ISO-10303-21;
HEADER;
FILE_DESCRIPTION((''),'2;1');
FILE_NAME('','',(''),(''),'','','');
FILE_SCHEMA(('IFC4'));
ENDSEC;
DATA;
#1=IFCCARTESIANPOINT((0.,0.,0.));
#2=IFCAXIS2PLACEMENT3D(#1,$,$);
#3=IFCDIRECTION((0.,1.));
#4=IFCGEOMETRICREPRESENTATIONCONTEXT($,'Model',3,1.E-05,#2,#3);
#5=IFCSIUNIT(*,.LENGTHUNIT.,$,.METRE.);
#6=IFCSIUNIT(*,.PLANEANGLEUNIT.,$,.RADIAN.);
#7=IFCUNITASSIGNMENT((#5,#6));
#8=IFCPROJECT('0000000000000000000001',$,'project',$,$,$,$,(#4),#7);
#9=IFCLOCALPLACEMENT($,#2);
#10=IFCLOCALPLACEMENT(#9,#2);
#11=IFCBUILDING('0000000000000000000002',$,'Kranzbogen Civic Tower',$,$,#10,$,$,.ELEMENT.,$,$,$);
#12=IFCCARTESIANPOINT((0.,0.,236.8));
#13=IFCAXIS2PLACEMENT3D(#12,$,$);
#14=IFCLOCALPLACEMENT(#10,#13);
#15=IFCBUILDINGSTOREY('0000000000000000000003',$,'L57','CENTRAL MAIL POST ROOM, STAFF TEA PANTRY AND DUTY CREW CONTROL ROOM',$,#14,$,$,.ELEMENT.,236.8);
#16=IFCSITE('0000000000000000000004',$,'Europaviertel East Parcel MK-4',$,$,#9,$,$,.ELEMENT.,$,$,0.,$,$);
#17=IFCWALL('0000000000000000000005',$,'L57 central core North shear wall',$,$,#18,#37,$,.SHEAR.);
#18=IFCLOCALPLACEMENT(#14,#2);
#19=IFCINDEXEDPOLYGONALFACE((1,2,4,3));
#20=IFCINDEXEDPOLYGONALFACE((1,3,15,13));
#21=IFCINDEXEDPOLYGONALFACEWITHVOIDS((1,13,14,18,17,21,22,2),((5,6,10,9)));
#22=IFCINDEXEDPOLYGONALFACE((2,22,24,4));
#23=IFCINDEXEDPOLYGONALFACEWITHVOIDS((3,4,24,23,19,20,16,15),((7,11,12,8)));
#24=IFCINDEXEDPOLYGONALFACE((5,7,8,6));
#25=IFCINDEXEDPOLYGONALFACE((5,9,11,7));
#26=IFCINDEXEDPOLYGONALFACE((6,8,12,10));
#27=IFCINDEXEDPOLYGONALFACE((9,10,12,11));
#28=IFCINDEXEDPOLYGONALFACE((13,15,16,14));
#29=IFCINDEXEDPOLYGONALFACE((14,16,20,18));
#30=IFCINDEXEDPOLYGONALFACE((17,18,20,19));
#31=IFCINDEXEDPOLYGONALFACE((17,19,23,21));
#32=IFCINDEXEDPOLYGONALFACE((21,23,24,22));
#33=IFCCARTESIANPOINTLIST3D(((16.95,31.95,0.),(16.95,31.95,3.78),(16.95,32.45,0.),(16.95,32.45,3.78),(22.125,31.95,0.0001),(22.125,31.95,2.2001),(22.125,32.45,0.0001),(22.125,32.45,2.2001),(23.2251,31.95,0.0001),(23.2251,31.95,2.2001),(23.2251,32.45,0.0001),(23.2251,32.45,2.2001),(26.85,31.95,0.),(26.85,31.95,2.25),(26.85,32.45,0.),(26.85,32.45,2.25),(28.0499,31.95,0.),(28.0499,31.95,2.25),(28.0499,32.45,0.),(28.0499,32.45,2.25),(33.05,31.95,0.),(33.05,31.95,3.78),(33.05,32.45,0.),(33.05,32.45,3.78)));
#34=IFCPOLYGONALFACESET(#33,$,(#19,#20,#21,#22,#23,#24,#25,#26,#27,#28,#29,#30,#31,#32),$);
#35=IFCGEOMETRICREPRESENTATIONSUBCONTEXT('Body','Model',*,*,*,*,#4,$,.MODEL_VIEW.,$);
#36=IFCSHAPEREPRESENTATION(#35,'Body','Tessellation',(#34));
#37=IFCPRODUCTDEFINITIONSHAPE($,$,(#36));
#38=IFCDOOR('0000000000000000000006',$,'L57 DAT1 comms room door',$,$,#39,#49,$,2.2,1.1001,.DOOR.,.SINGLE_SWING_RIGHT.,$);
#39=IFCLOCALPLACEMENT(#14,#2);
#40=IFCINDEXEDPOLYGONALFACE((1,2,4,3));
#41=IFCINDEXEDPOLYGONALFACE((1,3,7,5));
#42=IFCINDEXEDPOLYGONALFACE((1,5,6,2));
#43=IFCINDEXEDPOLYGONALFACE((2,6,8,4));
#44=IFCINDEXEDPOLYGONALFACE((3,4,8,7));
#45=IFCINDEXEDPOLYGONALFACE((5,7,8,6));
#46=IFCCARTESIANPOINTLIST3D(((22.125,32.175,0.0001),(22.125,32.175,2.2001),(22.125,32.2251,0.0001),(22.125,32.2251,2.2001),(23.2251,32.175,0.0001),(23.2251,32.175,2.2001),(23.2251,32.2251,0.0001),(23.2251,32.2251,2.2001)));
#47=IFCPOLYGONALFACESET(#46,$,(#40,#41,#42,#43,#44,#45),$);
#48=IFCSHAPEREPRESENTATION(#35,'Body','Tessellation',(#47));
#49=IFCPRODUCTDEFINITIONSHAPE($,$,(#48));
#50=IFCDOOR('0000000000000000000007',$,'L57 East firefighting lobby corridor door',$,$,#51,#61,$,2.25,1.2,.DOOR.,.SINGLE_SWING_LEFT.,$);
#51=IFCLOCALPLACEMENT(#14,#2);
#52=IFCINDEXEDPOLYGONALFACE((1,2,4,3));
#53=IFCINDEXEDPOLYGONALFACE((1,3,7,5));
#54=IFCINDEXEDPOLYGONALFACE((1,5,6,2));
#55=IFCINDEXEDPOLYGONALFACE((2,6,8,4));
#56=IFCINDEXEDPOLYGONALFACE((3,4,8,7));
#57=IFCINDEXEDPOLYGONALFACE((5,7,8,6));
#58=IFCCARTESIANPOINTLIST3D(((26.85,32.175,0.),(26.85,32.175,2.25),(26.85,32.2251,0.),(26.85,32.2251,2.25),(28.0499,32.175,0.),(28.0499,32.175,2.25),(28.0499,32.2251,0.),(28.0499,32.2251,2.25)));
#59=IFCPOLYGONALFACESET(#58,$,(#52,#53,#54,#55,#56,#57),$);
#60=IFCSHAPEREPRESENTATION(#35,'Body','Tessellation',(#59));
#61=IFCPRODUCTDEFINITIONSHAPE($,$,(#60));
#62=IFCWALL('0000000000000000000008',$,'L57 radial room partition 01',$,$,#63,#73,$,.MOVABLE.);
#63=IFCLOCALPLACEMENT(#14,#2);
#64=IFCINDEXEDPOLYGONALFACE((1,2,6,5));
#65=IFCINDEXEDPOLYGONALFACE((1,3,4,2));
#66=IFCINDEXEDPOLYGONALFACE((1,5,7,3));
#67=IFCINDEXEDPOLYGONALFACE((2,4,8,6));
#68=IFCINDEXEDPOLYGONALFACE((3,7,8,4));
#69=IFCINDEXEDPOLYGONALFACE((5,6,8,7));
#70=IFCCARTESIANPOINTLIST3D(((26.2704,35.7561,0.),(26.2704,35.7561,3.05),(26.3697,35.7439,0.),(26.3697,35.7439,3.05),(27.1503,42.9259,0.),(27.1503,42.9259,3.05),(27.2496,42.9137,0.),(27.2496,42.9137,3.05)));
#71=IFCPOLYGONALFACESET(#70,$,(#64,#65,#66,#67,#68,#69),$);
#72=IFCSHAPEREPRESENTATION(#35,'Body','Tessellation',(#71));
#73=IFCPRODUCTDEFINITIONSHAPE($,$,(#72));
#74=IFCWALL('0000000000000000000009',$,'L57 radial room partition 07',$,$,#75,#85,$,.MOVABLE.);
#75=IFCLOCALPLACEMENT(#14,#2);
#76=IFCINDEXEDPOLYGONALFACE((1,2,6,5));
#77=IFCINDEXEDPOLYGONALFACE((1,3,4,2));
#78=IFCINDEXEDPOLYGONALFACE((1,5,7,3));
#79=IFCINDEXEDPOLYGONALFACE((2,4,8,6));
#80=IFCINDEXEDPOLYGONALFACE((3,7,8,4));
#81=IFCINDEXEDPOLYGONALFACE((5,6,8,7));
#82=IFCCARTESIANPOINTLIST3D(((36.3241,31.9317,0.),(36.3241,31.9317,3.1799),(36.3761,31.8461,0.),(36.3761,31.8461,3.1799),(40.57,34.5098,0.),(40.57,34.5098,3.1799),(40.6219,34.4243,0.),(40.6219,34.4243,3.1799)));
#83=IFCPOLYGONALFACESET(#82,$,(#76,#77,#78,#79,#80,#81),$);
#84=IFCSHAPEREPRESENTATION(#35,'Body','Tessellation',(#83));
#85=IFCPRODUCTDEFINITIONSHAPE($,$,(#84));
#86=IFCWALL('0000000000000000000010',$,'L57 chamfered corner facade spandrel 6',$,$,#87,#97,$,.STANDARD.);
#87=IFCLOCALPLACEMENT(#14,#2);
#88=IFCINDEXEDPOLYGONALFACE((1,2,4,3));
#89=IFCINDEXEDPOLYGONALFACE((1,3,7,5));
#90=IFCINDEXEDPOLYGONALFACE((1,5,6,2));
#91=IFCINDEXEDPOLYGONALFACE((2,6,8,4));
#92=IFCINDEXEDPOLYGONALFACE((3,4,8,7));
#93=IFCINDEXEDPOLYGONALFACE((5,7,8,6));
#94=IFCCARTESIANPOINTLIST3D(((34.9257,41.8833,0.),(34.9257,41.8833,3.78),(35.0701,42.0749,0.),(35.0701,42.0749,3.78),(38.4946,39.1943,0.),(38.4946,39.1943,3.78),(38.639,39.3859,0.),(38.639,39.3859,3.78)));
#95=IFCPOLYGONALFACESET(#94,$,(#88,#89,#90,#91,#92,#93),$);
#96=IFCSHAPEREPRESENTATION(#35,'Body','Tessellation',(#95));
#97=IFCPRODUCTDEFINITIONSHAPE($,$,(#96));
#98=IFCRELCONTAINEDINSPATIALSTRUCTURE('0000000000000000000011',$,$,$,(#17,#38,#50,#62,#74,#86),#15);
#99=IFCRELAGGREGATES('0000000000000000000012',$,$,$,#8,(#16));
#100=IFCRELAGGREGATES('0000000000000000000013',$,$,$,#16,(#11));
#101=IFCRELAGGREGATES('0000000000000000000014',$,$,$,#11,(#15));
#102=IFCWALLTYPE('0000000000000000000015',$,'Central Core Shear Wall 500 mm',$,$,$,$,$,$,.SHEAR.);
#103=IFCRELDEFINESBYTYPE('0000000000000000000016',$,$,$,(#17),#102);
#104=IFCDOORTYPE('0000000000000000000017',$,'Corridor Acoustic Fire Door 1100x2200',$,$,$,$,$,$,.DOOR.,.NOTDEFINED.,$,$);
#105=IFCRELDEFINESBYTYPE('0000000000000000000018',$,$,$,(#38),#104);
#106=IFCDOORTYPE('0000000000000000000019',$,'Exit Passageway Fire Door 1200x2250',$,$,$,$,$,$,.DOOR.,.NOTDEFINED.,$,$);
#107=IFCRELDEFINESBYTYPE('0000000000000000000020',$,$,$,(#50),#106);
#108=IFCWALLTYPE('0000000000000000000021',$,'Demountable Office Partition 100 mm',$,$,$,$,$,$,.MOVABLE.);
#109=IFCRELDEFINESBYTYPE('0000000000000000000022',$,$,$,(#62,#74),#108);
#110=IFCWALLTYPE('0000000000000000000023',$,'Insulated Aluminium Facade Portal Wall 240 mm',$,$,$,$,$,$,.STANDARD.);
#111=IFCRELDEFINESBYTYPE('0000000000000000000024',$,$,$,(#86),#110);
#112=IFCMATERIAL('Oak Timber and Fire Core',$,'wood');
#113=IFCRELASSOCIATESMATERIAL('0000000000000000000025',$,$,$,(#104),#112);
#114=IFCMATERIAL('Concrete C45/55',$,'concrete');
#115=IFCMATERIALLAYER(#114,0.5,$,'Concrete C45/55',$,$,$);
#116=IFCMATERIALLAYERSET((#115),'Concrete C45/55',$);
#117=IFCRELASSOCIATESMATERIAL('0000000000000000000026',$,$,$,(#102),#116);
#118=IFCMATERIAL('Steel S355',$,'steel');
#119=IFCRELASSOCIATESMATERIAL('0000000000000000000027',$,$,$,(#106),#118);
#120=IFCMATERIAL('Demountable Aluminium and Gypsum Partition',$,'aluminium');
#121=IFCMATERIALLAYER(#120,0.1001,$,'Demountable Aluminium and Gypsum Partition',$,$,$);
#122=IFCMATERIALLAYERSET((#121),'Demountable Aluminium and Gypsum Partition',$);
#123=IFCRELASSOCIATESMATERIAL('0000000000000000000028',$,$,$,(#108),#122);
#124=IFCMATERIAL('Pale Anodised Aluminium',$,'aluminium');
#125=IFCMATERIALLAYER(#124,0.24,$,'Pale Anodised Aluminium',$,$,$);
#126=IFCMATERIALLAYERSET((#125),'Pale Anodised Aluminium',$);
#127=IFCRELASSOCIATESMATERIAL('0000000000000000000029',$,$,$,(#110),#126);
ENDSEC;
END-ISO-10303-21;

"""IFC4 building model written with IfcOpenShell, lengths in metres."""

from ifc_helpers import new_model, si_unit, direction, frame, frame_2d, origin, place, context, subcontext, project, spatial, rectangle, extrude, material, layer, layer_set, type_object, element, fill, save


model = new_model("IFC4")

# Units and contexts
model_context = context("Model", 3, precision=1e-05, world=origin(), true_north=direction((0.0, 1.0)))
body_context = subcontext(model_context, "Body", "Model", "MODEL_VIEW")
ifc_project = project(units=[si_unit("LENGTHUNIT", "METRE"), si_unit("PLANEANGLEUNIT", "RADIAN")], contexts=[model_context])

# Site, building, storey
site_placement = place(None, origin())
site = spatial("IfcSite", under=ifc_project, at=site_placement, Name="Europaviertel East Parcel MK-4", CompositionType="ELEMENT", RefElevation=0.0)
building_placement = place(site_placement, origin())
building = spatial("IfcBuilding", under=site, at=building_placement, Name="Kranzbogen Civic Tower", CompositionType="ELEMENT")
storey_placement = place(building_placement, frame((0.0, 0.0, 236.8)))
storey = spatial("IfcBuildingStorey", under=building, at=storey_placement, Name="L57", Description="CENTRAL MAIL POST ROOM, STAFF TEA PANTRY AND DUTY CREW CONTROL ROOM", CompositionType="ELEMENT", Elevation=236.8)

# Shared definitions
ifc_material_1 = material(Name="Steel S355", Category="steel")

# Shared definitions
ifc_material_2 = material(Name="Pale Anodised Aluminium", Category="aluminium")

# Wall, openings, doors
ifc_material_3 = material(Name="Oak Timber and Fire Core", Category="wood")
door_type_1 = type_object("IfcDoorType", Name="Corridor Acoustic Fire Door 1100x2200", OperationType="NOTDEFINED", PredefinedType="DOOR", material=ifc_material_3)
ifc_material_4 = material(Name="Concrete C45/55", Category="concrete")
ifc_layer_1 = layer(ifc_material_4, 0.5, Name="Concrete C45/55")
ifc_layer_set_1 = layer_set([ifc_layer_1], Name="Concrete C45/55")
wall_type_1 = type_object("IfcWallType", Name="Central Core Shear Wall 500 mm", PredefinedType="SHEAR", material=ifc_layer_set_1)
wall_1_placement = place(storey_placement, frame((33.05, 32.2, 0.0), z_axis=(0.0, 0.0, 1.0), x_axis=(-1.0, 0.0, 0.0)))
wall_1 = element("IfcWall", 1, at=wall_1_placement, inside=storey, type_object=wall_type_1, Name="L57 central core North shear wall", PredefinedType="SHEAR", context=body_context, shape_type="SweptSolid", body=[
    extrude(rectangle(XDim=16.1001, YDim=0.5, at=frame_2d((8.05, 0.0))), origin(), (0.0, 0.0, 1.0), 3.78),
])
opening_1_placement = place(wall_1_placement, frame((5.0, 0.0, 0.0)))
opening_1 = element("IfcOpeningElement", 2, at=opening_1_placement, cuts=wall_1, PredefinedType="OPENING", context=body_context, shape_type="SweptSolid", body=[
    extrude(rectangle(XDim=1.2, YDim=2.25, at=frame_2d((0.6001, 1.125))), frame((0.0, 0.26, 0.0), z_axis=(0.0, -1.0, 0.0), x_axis=(1.0, 0.0, 0.0)), (0.0, 0.0, 1.0), 0.52),
])
opening_2_placement = place(wall_1_placement, frame((9.825, 0.0, 0.0)))
opening_2 = element("IfcOpeningElement", 3, at=opening_2_placement, cuts=wall_1, PredefinedType="OPENING", context=body_context, shape_type="SweptSolid", body=[
    extrude(rectangle(XDim=1.1001, YDim=2.2, at=frame_2d((0.55, 1.1001))), frame((0.0, 0.26, 0.0), z_axis=(0.0, -1.0, 0.0), x_axis=(1.0, 0.0, 0.0)), (0.0, 0.0, 1.0), 0.52),
])
door_1_placement = place(opening_2_placement, origin())
door_1 = element("IfcDoor", 4, at=door_1_placement, inside=storey, type_object=door_type_1, Name="L57 DAT1 comms room door", OperationType="SINGLE_SWING_RIGHT", OverallHeight=2.2, OverallWidth=1.1001, PredefinedType="DOOR", context=body_context, shape_type="SweptSolid", body=[
    extrude(rectangle(XDim=1.1001, YDim=2.2, at=frame_2d((0.55, 1.1001))), frame((0.0, 0.0249, 0.0), z_axis=(0.0, -1.0, 0.0), x_axis=(1.0, 0.0, 0.0)), (0.0, 0.0, 1.0), 0.05),
])
fill(opening_2, door_1)
door_type_2 = type_object("IfcDoorType", Name="Exit Passageway Fire Door 1200x2250", OperationType="NOTDEFINED", PredefinedType="DOOR", material=ifc_material_1)
door_2_placement = place(opening_1_placement, origin())
door_2 = element("IfcDoor", 5, at=door_2_placement, inside=storey, type_object=door_type_2, Name="L57 East firefighting lobby corridor door", OperationType="SINGLE_SWING_LEFT", OverallHeight=2.25, OverallWidth=1.2, PredefinedType="DOOR", context=body_context, shape_type="SweptSolid", body=[
    extrude(rectangle(XDim=1.2, YDim=2.25, at=frame_2d((0.6001, 1.125))), frame((0.0, 0.0249, 0.0), z_axis=(0.0, -1.0, 0.0), x_axis=(1.0, 0.0, 0.0)), (0.0, 0.0, 1.0), 0.05),
])
fill(opening_1, door_2)

# Walls
ifc_material_5 = material(Name="Demountable Aluminium and Gypsum Partition", Category="aluminium")
ifc_layer_2 = layer(ifc_material_5, 0.1001, Name="Demountable Aluminium and Gypsum Partition")
ifc_layer_set_2 = layer_set([ifc_layer_2], Name="Demountable Aluminium and Gypsum Partition")
wall_type_2 = type_object("IfcWallType", Name="Demountable Office Partition 100 mm", PredefinedType="MOVABLE", material=ifc_layer_set_2)
wall_2_placement = place(storey_placement, frame((26.3201, 35.75, 0.0), z_axis=(0.0, 0.0, 1.0), x_axis=(0.121805, 0.992554, 0.0)))
element("IfcWall", 6, at=wall_2_placement, inside=storey, type_object=wall_type_2, Name="L57 radial room partition 01", PredefinedType="MOVABLE", context=body_context, shape_type="SweptSolid", body=[
    extrude(rectangle(XDim=7.2236, YDim=0.1001, at=frame_2d((3.6118, 0.0))), origin(), (0.0, 0.0, 1.0), 3.05),
])
wall_3_placement = place(storey_placement, frame((36.3501, 31.8889, 0.0), z_axis=(0.0, 0.0, 1.0), x_axis=(0.854762, 0.51902, 0.0)))
element("IfcWall", 7, at=wall_3_placement, inside=storey, type_object=wall_type_2, Name="L57 radial room partition 07", PredefinedType="MOVABLE", context=body_context, shape_type="SweptSolid", body=[
    extrude(rectangle(XDim=4.9673, YDim=0.1001, at=frame_2d((2.4836, 0.0))), origin(), (0.0, 0.0, 1.0), 3.1799),
])
ifc_layer_3 = layer(ifc_material_2, 0.24, Name="Pale Anodised Aluminium")
ifc_layer_set_3 = layer_set([ifc_layer_3], Name="Pale Anodised Aluminium")
wall_type_3 = type_object("IfcWallType", Name="Insulated Aluminium Facade Portal Wall 240 mm", PredefinedType="STANDARD", material=ifc_layer_set_3)
wall_4_placement = place(storey_placement, frame((38.5669, 39.29, 0.0), z_axis=(0.0, 0.0, 1.0), x_axis=(-0.798674, 0.601764, 0.0)))
element("IfcWall", 8, at=wall_4_placement, inside=storey, type_object=wall_type_3, Name="L57 chamfered corner facade spandrel 6", PredefinedType="STANDARD", context=body_context, shape_type="SweptSolid", body=[
    extrude(rectangle(XDim=4.4685, YDim=0.24, at=frame_2d((2.2344, 0.0))), origin(), (0.0, 0.0, 1.0), 3.78),
])

save(model, "model.ifc")
